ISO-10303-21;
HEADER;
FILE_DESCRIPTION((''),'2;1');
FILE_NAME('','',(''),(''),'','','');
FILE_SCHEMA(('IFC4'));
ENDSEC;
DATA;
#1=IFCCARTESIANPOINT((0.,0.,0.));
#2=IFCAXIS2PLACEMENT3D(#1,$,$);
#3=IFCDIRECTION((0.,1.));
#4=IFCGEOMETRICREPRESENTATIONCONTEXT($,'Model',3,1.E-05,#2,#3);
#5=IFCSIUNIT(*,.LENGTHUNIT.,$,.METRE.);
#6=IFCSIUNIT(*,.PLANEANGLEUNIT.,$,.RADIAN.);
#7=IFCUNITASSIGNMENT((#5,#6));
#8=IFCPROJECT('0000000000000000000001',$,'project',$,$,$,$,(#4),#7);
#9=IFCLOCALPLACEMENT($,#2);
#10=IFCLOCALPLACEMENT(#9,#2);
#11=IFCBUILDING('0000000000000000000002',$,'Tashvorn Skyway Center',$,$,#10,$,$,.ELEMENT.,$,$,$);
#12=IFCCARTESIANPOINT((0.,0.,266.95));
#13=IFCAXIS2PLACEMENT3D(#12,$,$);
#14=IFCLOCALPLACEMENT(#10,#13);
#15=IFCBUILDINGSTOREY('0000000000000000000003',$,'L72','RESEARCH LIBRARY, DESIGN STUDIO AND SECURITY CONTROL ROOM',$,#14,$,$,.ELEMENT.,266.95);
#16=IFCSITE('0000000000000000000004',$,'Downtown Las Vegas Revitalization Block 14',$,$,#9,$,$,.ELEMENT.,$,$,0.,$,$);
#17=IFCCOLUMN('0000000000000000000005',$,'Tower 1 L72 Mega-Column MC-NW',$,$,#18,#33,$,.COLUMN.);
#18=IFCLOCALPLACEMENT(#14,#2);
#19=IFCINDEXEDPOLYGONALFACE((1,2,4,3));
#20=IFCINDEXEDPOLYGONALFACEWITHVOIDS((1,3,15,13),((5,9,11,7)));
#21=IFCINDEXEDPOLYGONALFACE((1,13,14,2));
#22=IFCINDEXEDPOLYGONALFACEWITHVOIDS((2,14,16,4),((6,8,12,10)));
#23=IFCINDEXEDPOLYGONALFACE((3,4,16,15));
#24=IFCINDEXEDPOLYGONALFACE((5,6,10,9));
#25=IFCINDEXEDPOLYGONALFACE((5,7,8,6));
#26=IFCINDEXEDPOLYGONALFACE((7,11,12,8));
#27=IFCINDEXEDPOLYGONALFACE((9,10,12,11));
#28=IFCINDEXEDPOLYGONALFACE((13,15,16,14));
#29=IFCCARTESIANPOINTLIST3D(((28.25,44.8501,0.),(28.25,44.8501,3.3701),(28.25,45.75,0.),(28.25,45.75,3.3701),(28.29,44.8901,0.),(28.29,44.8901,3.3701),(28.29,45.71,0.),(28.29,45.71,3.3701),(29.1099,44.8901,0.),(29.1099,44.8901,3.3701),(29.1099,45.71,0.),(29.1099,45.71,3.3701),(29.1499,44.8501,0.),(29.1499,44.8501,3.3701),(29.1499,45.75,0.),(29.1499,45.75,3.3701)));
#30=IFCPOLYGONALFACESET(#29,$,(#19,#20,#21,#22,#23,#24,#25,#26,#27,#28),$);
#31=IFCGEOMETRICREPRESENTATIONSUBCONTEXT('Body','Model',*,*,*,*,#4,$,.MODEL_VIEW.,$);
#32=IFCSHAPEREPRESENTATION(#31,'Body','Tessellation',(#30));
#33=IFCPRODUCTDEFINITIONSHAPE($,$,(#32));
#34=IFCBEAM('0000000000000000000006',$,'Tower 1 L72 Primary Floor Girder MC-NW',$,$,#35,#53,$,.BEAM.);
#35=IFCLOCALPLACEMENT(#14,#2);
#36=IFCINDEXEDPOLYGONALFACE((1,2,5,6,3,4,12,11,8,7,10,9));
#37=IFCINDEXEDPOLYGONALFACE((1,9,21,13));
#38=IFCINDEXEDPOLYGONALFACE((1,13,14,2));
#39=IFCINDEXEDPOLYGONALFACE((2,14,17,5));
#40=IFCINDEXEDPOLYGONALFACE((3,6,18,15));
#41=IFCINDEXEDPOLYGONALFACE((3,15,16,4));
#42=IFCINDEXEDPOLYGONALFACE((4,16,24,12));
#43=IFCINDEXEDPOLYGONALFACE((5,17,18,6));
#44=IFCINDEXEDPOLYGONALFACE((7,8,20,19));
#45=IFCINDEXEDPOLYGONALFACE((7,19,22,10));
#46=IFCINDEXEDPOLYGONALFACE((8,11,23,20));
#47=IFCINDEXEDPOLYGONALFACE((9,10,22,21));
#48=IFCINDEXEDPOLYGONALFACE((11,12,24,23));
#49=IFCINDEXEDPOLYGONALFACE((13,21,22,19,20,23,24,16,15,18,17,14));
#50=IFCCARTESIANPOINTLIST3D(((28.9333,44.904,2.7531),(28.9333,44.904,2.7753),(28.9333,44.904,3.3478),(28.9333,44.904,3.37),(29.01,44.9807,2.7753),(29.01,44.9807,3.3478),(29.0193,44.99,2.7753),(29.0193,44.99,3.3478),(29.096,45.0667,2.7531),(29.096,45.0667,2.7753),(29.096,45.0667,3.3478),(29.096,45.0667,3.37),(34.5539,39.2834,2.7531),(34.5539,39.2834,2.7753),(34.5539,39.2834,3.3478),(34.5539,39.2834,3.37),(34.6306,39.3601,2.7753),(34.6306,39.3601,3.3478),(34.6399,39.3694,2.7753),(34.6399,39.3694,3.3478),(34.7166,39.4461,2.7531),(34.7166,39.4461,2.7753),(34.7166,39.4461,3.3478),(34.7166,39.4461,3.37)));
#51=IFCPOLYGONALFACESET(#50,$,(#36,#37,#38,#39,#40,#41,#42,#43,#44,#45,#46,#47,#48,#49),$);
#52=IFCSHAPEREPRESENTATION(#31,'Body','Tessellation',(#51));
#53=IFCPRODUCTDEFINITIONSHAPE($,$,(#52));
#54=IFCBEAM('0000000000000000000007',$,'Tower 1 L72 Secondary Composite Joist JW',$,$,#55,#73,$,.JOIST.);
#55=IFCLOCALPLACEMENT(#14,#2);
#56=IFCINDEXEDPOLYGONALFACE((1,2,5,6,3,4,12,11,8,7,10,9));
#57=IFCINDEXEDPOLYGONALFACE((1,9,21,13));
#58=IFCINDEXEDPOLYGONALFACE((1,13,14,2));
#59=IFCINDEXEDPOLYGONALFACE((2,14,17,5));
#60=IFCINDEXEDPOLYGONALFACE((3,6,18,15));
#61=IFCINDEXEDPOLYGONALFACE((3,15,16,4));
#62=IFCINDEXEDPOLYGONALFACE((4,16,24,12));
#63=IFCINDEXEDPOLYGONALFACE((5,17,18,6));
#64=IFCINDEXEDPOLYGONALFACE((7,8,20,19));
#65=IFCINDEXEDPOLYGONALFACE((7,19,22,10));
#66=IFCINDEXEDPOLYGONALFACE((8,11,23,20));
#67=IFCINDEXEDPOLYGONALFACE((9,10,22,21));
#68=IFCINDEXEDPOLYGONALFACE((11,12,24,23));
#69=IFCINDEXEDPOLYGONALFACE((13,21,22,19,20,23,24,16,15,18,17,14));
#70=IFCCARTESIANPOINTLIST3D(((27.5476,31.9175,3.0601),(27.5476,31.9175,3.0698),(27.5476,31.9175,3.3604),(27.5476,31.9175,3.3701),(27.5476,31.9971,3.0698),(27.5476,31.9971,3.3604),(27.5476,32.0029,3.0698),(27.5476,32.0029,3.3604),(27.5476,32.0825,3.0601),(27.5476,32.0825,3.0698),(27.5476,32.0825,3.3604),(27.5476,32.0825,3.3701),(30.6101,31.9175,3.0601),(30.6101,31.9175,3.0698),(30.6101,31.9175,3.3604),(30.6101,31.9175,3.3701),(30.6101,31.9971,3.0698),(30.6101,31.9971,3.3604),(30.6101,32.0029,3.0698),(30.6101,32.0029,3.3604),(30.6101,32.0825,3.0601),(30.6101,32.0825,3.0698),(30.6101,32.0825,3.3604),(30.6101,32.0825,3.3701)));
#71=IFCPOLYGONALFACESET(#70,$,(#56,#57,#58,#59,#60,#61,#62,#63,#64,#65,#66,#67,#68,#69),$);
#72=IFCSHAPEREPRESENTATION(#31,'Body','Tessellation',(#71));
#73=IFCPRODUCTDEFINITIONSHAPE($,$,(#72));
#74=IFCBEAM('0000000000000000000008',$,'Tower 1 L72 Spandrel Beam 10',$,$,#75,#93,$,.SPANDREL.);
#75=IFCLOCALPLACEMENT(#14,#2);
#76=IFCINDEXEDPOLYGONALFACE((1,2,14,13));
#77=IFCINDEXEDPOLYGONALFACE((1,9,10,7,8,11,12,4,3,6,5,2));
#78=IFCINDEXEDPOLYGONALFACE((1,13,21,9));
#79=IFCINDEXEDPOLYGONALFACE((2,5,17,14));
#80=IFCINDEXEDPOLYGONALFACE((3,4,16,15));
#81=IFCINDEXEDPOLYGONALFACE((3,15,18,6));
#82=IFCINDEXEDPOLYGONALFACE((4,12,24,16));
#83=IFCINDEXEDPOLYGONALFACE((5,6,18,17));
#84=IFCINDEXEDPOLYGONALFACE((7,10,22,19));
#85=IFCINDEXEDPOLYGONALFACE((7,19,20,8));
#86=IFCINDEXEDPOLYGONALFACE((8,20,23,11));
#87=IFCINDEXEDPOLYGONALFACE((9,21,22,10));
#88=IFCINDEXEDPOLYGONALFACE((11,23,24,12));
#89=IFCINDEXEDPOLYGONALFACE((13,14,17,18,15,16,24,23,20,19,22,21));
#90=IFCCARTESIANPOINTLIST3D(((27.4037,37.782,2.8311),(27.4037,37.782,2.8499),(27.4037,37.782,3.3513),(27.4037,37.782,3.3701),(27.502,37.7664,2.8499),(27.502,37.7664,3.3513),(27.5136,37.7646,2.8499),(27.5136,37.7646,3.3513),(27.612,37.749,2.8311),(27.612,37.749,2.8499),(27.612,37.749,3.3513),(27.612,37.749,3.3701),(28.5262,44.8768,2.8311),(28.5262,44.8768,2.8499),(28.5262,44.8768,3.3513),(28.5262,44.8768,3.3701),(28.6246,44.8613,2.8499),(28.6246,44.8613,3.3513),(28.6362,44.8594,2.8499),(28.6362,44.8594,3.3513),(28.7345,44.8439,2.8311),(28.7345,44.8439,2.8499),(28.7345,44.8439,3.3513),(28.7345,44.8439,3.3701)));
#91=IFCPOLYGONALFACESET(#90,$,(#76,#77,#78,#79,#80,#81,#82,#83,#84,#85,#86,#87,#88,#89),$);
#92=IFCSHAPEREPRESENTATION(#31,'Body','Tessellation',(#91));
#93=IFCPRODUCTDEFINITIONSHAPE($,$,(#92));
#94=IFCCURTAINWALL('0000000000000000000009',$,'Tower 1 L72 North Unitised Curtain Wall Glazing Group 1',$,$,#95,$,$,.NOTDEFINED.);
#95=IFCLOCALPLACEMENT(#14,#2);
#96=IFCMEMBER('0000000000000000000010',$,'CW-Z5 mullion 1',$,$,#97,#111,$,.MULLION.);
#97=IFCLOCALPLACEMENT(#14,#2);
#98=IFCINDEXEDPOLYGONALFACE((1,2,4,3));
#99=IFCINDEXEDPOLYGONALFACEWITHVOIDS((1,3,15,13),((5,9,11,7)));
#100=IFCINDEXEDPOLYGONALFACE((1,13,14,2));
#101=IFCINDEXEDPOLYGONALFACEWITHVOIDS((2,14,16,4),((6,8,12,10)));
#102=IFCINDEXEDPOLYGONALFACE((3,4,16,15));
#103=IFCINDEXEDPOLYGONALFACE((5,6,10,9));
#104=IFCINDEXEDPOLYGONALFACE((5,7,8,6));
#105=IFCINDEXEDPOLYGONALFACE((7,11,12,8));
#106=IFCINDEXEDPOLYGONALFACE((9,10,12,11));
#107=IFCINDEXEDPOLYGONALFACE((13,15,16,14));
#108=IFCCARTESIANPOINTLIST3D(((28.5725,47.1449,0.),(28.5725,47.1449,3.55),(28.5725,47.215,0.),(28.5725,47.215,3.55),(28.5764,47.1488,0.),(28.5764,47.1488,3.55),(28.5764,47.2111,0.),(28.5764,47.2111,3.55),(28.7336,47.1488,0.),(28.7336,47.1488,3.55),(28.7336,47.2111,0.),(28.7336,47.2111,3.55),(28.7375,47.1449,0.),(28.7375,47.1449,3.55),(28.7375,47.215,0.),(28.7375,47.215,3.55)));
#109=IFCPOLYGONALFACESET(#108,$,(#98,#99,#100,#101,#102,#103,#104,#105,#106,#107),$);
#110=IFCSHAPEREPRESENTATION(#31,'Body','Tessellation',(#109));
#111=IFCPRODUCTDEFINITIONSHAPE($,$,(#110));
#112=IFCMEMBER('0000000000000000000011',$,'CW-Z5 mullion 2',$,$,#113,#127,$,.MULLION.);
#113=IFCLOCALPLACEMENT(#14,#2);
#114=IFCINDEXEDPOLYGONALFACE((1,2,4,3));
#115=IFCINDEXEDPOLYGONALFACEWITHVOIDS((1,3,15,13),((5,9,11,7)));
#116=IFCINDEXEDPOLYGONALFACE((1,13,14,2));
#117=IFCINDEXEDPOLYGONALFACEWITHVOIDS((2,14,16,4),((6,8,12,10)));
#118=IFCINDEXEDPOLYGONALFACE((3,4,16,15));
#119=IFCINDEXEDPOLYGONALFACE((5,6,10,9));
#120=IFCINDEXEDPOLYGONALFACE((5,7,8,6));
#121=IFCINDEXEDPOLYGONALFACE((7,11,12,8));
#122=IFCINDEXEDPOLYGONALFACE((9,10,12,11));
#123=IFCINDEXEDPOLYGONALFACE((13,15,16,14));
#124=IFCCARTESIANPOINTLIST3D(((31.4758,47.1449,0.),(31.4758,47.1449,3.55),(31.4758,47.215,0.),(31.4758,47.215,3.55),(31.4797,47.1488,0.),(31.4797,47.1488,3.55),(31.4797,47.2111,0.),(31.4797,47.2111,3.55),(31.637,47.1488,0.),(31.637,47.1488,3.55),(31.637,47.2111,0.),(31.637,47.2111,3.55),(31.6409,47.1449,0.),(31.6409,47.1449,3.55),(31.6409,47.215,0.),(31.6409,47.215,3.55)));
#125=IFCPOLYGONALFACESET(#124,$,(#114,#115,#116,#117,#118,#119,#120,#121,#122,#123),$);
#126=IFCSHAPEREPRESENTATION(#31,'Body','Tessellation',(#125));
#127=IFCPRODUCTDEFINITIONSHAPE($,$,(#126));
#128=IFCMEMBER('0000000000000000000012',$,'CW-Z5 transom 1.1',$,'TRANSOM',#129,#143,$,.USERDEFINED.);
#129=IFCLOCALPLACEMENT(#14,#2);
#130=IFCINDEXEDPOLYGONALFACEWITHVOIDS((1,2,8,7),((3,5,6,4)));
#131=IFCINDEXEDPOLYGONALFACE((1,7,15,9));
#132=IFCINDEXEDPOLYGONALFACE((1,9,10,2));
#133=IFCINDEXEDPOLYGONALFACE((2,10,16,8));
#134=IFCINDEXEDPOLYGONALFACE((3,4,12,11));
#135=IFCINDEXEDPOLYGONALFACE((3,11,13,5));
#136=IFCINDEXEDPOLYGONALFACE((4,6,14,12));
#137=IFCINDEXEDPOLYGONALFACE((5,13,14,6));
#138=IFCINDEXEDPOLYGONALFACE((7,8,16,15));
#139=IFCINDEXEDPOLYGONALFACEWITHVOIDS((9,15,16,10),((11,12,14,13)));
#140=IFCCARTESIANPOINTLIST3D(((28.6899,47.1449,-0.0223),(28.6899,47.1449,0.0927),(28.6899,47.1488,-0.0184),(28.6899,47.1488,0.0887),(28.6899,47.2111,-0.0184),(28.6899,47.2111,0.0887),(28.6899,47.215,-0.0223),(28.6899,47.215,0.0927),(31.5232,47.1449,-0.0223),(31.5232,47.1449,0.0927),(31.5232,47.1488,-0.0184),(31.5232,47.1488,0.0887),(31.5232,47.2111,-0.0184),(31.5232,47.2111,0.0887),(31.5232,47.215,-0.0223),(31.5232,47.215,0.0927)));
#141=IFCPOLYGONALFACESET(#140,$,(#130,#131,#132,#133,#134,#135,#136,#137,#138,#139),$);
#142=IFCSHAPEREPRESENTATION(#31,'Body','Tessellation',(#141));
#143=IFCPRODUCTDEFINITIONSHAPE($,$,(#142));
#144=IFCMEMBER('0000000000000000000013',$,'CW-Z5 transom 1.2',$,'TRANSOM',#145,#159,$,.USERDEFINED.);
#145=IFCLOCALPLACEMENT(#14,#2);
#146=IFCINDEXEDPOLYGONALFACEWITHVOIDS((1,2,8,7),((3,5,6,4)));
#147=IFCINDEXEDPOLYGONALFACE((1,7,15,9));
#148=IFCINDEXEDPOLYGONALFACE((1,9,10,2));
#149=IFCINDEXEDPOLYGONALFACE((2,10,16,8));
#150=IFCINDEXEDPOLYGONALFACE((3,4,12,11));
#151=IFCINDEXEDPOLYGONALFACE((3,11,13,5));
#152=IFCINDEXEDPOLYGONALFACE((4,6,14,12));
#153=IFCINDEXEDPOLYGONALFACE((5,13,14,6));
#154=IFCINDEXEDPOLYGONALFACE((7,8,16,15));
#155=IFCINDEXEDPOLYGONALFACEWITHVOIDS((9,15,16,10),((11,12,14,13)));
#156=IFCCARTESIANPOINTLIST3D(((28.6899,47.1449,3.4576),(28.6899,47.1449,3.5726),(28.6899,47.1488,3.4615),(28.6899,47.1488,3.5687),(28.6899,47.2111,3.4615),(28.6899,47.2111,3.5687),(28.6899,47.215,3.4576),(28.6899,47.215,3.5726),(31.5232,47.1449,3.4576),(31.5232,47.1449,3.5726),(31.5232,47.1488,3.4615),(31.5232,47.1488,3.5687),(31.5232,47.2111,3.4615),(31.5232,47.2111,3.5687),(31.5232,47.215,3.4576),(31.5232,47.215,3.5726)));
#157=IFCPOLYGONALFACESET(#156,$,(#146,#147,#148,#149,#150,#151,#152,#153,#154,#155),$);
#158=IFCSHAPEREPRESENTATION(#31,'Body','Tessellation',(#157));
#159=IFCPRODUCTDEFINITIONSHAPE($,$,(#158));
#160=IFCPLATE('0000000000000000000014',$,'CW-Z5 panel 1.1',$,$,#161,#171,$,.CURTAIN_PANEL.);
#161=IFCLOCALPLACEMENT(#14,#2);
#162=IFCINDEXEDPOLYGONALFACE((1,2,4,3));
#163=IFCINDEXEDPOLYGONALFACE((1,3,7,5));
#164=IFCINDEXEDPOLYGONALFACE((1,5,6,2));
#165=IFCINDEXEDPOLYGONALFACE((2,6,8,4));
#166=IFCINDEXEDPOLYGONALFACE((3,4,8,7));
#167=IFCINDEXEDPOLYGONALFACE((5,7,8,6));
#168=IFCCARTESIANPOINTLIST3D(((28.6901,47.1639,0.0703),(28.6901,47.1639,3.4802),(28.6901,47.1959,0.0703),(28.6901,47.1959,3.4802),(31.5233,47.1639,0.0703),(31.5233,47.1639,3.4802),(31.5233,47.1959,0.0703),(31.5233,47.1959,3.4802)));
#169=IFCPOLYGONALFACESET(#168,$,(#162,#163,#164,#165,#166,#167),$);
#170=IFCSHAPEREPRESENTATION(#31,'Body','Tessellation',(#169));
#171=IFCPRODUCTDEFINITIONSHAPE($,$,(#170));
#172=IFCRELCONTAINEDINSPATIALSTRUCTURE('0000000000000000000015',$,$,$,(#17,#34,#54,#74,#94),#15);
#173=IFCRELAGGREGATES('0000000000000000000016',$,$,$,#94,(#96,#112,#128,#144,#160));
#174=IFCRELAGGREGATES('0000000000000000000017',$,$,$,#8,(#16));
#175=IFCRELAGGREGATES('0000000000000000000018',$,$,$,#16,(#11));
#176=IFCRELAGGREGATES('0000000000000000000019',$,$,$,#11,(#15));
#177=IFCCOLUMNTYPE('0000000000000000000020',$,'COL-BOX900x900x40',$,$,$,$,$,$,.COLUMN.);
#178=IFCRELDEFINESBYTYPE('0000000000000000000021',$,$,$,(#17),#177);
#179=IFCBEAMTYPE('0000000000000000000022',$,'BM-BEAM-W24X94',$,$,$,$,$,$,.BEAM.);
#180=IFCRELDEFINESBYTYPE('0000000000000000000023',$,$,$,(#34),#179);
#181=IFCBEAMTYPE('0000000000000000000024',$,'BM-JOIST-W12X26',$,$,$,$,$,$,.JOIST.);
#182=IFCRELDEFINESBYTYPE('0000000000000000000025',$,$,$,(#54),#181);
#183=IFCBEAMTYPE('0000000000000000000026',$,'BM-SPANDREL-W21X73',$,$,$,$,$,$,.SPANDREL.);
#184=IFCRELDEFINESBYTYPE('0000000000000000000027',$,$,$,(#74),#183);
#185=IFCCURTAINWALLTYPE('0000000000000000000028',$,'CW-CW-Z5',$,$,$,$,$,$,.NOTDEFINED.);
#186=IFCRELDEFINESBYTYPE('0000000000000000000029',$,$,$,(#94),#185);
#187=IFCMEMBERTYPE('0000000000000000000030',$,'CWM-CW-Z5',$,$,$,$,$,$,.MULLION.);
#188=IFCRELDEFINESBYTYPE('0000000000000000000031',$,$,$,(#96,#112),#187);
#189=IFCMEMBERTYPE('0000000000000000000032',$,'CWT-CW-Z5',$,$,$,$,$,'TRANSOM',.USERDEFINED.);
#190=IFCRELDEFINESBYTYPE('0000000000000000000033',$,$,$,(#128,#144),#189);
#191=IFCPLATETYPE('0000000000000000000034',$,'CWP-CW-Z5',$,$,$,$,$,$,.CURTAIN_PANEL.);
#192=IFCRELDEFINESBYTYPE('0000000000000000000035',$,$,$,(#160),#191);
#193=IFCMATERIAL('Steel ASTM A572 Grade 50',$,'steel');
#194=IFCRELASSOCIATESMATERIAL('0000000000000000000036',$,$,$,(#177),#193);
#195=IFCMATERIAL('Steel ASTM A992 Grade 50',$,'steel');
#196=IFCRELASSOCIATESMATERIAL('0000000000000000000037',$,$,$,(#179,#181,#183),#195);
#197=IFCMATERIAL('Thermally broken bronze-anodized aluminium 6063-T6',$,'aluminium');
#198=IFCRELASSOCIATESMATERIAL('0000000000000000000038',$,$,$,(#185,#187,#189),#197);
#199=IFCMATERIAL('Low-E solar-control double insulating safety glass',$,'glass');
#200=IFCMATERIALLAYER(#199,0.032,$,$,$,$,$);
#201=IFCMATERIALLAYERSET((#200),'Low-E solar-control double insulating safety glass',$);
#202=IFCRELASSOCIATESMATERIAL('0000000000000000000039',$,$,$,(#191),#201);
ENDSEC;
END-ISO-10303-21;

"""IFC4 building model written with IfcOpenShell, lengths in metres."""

from ifc_helpers import new_model, si_unit, direction, frame, origin, origin_2d, place, context, subcontext, project, spatial, rectangle, hollow_rectangle, i_section, extrude, material, layer, layer_set, material_profile, profile_set, type_object, element, aggregate, save


model = new_model("IFC4")

# Units and contexts
model_context = context("Model", 3, precision=1e-05, world=origin(), true_north=direction((0.0, 1.0)))
body_context = subcontext(model_context, "Body", "Model", "MODEL_VIEW")
ifc_project = project(units=[si_unit("LENGTHUNIT", "METRE"), si_unit("PLANEANGLEUNIT", "RADIAN")], contexts=[model_context])

# Site, building, storey
site_placement = place(None, origin())
site = spatial("IfcSite", under=ifc_project, at=site_placement, Name="Downtown Las Vegas Revitalization Block 14", CompositionType="ELEMENT", RefElevation=0.0)
building_placement = place(site_placement, origin())
building = spatial("IfcBuilding", under=site, at=building_placement, Name="Tashvorn Skyway Center", CompositionType="ELEMENT")
storey_placement = place(building_placement, frame((0.0, 0.0, 266.95)))
storey = spatial("IfcBuildingStorey", under=building, at=storey_placement, Name="L72", Description="RESEARCH LIBRARY, DESIGN STUDIO AND SECURITY CONTROL ROOM", CompositionType="ELEMENT", Elevation=266.95)

# Column
ifc_material_1 = material(Name="Steel ASTM A572 Grade 50", Category="steel")
ifc_material_profile_1 = material_profile(ifc_material_1, hollow_rectangle(XDim=0.8999, YDim=0.8999, WallThickness=0.04, at=origin_2d()), Name="BOX900x900x40")
ifc_profile_set_1 = profile_set([ifc_material_profile_1], Name="Steel ASTM A572 Grade 50")
column_type = type_object("IfcColumnType", Name="COL-BOX900x900x40", PredefinedType="COLUMN", material=ifc_profile_set_1)
column_placement = place(storey_placement, frame((28.7, 45.3, 0.0), z_axis=(0.0, 0.0, 1.0), x_axis=(1.0, 0.0, 0.0)))
element("IfcColumn", 1, at=column_placement, inside=storey, type_object=column_type, Name="Tower 1 L72 Mega-Column MC-NW", PredefinedType="COLUMN", context=body_context, shape_type="SweptSolid", body=[
    extrude(hollow_rectangle(XDim=0.8999, YDim=0.8999, WallThickness=0.04, at=origin_2d()), origin(), (0.0, 0.0, 1.0), 3.3701),
])

# Beams
ifc_material_2 = material(Name="Steel ASTM A992 Grade 50", Category="steel")
ifc_material_profile_2 = material_profile(ifc_material_2, i_section(OverallWidth=0.23, OverallDepth=0.6169, WebThickness=0.0132, FlangeThickness=0.0222, at=origin_2d()), Name="W24X94")
ifc_profile_set_2 = profile_set([ifc_material_profile_2], Name="Steel ASTM A992 Grade 50")
beam_type_1 = type_object("IfcBeamType", Name="BM-BEAM-W24X94", PredefinedType="BEAM", material=ifc_profile_set_2)
beam_1_placement = place(storey_placement, frame((29.0146, 44.9854, 3.0615), z_axis=(0.707107, -0.707107, 0.0), x_axis=(0.707107, 0.707107, 0.0)))
element("IfcBeam", 2, at=beam_1_placement, inside=storey, type_object=beam_type_1, Name="Tower 1 L72 Primary Floor Girder MC-NW", PredefinedType="BEAM", context=body_context, shape_type="SweptSolid", body=[
    extrude(i_section(OverallWidth=0.23, OverallDepth=0.6169, WebThickness=0.0132, FlangeThickness=0.0222, at=origin_2d()), origin(), (0.0, 0.0, 1.0), 7.9487),
])
ifc_material_profile_3 = material_profile(ifc_material_2, i_section(OverallWidth=0.165, OverallDepth=0.3101, WebThickness=0.0059, FlangeThickness=0.0098, at=origin_2d()), Name="W12X26")
ifc_profile_set_3 = profile_set([ifc_material_profile_3], Name="Steel ASTM A992 Grade 50")
beam_type_2 = type_object("IfcBeamType", Name="BM-JOIST-W12X26", PredefinedType="JOIST", material=ifc_profile_set_3)
beam_2_placement = place(storey_placement, frame((30.6101, 32.0, 3.2151), z_axis=(-1.0, 0.0, 0.0), x_axis=(0.0, -1.0, 0.0)))
element("IfcBeam", 3, at=beam_2_placement, inside=storey, type_object=beam_type_2, Name="Tower 1 L72 Secondary Composite Joist JW", PredefinedType="JOIST", context=body_context, shape_type="SweptSolid", body=[
    extrude(i_section(OverallWidth=0.165, OverallDepth=0.3101, WebThickness=0.0059, FlangeThickness=0.0098, at=origin_2d()), origin(), (0.0, 0.0, 1.0), 3.0625),
])
ifc_material_profile_4 = material_profile(ifc_material_2, i_section(OverallWidth=0.2109, OverallDepth=0.5391, WebThickness=0.0117, FlangeThickness=0.0188, at=origin_2d()), Name="W21X73")
ifc_profile_set_4 = profile_set([ifc_material_profile_4], Name="Steel ASTM A992 Grade 50")
beam_type_3 = type_object("IfcBeamType", Name="BM-SPANDREL-W21X73", PredefinedType="SPANDREL", material=ifc_profile_set_4)
beam_3_placement = place(storey_placement, frame((28.6304, 44.8604, 3.1006), z_axis=(-0.156275, -0.987714, 0.0), x_axis=(0.987714, -0.156275, 0.0)))
element("IfcBeam", 4, at=beam_3_placement, inside=storey, type_object=beam_type_3, Name="Tower 1 L72 Spandrel Beam 10", PredefinedType="SPANDREL", context=body_context, shape_type="SweptSolid", body=[
    extrude(i_section(OverallWidth=0.2109, OverallDepth=0.5391, WebThickness=0.0117, FlangeThickness=0.0188, at=origin_2d()), origin(), (0.0, 0.0, 1.0), 7.1831),
])

# Curtain wall, members, plate
ifc_material_3 = material(Name="Thermally broken bronze-anodized aluminium 6063-T6", Category="aluminium")
curtain_wall_type = type_object("IfcCurtainWallType", Name="CW-CW-Z5", PredefinedType="NOTDEFINED", material=ifc_material_3)
curtain_wall_placement = place(storey_placement, origin())
curtain_wall = element("IfcCurtainWall", 5, at=curtain_wall_placement, inside=storey, type_object=curtain_wall_type, Name="Tower 1 L72 North Unitised Curtain Wall Glazing Group 1", PredefinedType="NOTDEFINED")
ifc_material_profile_5 = material_profile(ifc_material_3, hollow_rectangle(XDim=0.0701, YDim=0.165, WallThickness=0.0039, at=origin_2d()), Name="ALU-MULL-70x165")
ifc_profile_set_5 = profile_set([ifc_material_profile_5], Name="Thermally broken bronze-anodized aluminium 6063-T6")
member_type_1 = type_object("IfcMemberType", Name="CWM-CW-Z5", PredefinedType="MULLION", material=ifc_profile_set_5)
member_1_placement = place(storey_placement, frame((28.655, 47.1799, 0.0), z_axis=(0.0, 0.0, 1.0), x_axis=(0.0, 1.0, 0.0)))
member_1 = element("IfcMember", 6, at=member_1_placement, type_object=member_type_1, Name="CW-Z5 mullion 1", PredefinedType="MULLION", context=body_context, shape_type="SweptSolid", body=[
    extrude(hollow_rectangle(XDim=0.0701, YDim=0.165, WallThickness=0.0039, at=origin_2d()), origin(), (0.0, 0.0, 1.0), 3.55),
])
member_2_placement = place(storey_placement, frame((31.5583, 47.1799, 0.0), z_axis=(0.0, 0.0, 1.0), x_axis=(0.0, 1.0, 0.0)))
member_2 = element("IfcMember", 7, at=member_2_placement, type_object=member_type_1, Name="CW-Z5 mullion 2", PredefinedType="MULLION", context=body_context, shape_type="SweptSolid", body=[
    extrude(hollow_rectangle(XDim=0.0701, YDim=0.165, WallThickness=0.0039, at=origin_2d()), origin(), (0.0, 0.0, 1.0), 3.55),
])
ifc_material_profile_6 = material_profile(ifc_material_3, hollow_rectangle(XDim=0.0701, YDim=0.115, WallThickness=0.0039, at=origin_2d()), Name="ALU-TRAN-70x115")
ifc_profile_set_6 = profile_set([ifc_material_profile_6], Name="Thermally broken bronze-anodized aluminium 6063-T6")
member_type_2 = type_object("IfcMemberType", Name="CWT-CW-Z5", ElementType="TRANSOM", PredefinedType="USERDEFINED", material=ifc_profile_set_6)
member_3_placement = place(storey_placement, frame((28.6899, 47.1799, 0.0352), z_axis=(1.0, 0.0, 0.0), x_axis=(0.0, 1.0, 0.0)))
member_3 = element("IfcMember", 8, at=member_3_placement, type_object=member_type_2, Name="CW-Z5 transom 1.1", ObjectType="TRANSOM", PredefinedType="USERDEFINED", context=body_context, shape_type="SweptSolid", body=[
    extrude(hollow_rectangle(XDim=0.0701, YDim=0.115, WallThickness=0.0039, at=origin_2d()), origin(), (0.0, 0.0, 1.0), 2.8333),
])
member_4_placement = place(storey_placement, frame((28.6899, 47.1799, 3.5151), z_axis=(1.0, 0.0, 0.0), x_axis=(0.0, 1.0, 0.0)))
member_4 = element("IfcMember", 9, at=member_4_placement, type_object=member_type_2, Name="CW-Z5 transom 1.2", ObjectType="TRANSOM", PredefinedType="USERDEFINED", context=body_context, shape_type="SweptSolid", body=[
    extrude(hollow_rectangle(XDim=0.0701, YDim=0.115, WallThickness=0.0039, at=origin_2d()), origin(), (0.0, 0.0, 1.0), 2.8333),
])
ifc_material_4 = material(Name="Low-E solar-control double insulating safety glass", Category="glass")
ifc_layer_1 = layer(ifc_material_4, 0.032)
ifc_layer_set_1 = layer_set([ifc_layer_1], Name="Low-E solar-control double insulating safety glass")
plate_type = type_object("IfcPlateType", Name="CWP-CW-Z5", PredefinedType="CURTAIN_PANEL", material=ifc_layer_set_1)
plate_placement = place(storey_placement, frame((30.1067, 47.1799, 0.0703), z_axis=(0.0, 0.0, 1.0), x_axis=(1.0, 0.0, 0.0)))
plate = element("IfcPlate", 10, at=plate_placement, type_object=plate_type, Name="CW-Z5 panel 1.1", PredefinedType="CURTAIN_PANEL", context=body_context, shape_type="SweptSolid", body=[
    extrude(rectangle(XDim=2.8333, YDim=0.032, at=origin_2d()), origin(), (0.0, 0.0, 1.0), 3.4099),
])
aggregate(curtain_wall, [member_1, member_2, member_3, member_4, plate])

save(model, "model.ifc")
